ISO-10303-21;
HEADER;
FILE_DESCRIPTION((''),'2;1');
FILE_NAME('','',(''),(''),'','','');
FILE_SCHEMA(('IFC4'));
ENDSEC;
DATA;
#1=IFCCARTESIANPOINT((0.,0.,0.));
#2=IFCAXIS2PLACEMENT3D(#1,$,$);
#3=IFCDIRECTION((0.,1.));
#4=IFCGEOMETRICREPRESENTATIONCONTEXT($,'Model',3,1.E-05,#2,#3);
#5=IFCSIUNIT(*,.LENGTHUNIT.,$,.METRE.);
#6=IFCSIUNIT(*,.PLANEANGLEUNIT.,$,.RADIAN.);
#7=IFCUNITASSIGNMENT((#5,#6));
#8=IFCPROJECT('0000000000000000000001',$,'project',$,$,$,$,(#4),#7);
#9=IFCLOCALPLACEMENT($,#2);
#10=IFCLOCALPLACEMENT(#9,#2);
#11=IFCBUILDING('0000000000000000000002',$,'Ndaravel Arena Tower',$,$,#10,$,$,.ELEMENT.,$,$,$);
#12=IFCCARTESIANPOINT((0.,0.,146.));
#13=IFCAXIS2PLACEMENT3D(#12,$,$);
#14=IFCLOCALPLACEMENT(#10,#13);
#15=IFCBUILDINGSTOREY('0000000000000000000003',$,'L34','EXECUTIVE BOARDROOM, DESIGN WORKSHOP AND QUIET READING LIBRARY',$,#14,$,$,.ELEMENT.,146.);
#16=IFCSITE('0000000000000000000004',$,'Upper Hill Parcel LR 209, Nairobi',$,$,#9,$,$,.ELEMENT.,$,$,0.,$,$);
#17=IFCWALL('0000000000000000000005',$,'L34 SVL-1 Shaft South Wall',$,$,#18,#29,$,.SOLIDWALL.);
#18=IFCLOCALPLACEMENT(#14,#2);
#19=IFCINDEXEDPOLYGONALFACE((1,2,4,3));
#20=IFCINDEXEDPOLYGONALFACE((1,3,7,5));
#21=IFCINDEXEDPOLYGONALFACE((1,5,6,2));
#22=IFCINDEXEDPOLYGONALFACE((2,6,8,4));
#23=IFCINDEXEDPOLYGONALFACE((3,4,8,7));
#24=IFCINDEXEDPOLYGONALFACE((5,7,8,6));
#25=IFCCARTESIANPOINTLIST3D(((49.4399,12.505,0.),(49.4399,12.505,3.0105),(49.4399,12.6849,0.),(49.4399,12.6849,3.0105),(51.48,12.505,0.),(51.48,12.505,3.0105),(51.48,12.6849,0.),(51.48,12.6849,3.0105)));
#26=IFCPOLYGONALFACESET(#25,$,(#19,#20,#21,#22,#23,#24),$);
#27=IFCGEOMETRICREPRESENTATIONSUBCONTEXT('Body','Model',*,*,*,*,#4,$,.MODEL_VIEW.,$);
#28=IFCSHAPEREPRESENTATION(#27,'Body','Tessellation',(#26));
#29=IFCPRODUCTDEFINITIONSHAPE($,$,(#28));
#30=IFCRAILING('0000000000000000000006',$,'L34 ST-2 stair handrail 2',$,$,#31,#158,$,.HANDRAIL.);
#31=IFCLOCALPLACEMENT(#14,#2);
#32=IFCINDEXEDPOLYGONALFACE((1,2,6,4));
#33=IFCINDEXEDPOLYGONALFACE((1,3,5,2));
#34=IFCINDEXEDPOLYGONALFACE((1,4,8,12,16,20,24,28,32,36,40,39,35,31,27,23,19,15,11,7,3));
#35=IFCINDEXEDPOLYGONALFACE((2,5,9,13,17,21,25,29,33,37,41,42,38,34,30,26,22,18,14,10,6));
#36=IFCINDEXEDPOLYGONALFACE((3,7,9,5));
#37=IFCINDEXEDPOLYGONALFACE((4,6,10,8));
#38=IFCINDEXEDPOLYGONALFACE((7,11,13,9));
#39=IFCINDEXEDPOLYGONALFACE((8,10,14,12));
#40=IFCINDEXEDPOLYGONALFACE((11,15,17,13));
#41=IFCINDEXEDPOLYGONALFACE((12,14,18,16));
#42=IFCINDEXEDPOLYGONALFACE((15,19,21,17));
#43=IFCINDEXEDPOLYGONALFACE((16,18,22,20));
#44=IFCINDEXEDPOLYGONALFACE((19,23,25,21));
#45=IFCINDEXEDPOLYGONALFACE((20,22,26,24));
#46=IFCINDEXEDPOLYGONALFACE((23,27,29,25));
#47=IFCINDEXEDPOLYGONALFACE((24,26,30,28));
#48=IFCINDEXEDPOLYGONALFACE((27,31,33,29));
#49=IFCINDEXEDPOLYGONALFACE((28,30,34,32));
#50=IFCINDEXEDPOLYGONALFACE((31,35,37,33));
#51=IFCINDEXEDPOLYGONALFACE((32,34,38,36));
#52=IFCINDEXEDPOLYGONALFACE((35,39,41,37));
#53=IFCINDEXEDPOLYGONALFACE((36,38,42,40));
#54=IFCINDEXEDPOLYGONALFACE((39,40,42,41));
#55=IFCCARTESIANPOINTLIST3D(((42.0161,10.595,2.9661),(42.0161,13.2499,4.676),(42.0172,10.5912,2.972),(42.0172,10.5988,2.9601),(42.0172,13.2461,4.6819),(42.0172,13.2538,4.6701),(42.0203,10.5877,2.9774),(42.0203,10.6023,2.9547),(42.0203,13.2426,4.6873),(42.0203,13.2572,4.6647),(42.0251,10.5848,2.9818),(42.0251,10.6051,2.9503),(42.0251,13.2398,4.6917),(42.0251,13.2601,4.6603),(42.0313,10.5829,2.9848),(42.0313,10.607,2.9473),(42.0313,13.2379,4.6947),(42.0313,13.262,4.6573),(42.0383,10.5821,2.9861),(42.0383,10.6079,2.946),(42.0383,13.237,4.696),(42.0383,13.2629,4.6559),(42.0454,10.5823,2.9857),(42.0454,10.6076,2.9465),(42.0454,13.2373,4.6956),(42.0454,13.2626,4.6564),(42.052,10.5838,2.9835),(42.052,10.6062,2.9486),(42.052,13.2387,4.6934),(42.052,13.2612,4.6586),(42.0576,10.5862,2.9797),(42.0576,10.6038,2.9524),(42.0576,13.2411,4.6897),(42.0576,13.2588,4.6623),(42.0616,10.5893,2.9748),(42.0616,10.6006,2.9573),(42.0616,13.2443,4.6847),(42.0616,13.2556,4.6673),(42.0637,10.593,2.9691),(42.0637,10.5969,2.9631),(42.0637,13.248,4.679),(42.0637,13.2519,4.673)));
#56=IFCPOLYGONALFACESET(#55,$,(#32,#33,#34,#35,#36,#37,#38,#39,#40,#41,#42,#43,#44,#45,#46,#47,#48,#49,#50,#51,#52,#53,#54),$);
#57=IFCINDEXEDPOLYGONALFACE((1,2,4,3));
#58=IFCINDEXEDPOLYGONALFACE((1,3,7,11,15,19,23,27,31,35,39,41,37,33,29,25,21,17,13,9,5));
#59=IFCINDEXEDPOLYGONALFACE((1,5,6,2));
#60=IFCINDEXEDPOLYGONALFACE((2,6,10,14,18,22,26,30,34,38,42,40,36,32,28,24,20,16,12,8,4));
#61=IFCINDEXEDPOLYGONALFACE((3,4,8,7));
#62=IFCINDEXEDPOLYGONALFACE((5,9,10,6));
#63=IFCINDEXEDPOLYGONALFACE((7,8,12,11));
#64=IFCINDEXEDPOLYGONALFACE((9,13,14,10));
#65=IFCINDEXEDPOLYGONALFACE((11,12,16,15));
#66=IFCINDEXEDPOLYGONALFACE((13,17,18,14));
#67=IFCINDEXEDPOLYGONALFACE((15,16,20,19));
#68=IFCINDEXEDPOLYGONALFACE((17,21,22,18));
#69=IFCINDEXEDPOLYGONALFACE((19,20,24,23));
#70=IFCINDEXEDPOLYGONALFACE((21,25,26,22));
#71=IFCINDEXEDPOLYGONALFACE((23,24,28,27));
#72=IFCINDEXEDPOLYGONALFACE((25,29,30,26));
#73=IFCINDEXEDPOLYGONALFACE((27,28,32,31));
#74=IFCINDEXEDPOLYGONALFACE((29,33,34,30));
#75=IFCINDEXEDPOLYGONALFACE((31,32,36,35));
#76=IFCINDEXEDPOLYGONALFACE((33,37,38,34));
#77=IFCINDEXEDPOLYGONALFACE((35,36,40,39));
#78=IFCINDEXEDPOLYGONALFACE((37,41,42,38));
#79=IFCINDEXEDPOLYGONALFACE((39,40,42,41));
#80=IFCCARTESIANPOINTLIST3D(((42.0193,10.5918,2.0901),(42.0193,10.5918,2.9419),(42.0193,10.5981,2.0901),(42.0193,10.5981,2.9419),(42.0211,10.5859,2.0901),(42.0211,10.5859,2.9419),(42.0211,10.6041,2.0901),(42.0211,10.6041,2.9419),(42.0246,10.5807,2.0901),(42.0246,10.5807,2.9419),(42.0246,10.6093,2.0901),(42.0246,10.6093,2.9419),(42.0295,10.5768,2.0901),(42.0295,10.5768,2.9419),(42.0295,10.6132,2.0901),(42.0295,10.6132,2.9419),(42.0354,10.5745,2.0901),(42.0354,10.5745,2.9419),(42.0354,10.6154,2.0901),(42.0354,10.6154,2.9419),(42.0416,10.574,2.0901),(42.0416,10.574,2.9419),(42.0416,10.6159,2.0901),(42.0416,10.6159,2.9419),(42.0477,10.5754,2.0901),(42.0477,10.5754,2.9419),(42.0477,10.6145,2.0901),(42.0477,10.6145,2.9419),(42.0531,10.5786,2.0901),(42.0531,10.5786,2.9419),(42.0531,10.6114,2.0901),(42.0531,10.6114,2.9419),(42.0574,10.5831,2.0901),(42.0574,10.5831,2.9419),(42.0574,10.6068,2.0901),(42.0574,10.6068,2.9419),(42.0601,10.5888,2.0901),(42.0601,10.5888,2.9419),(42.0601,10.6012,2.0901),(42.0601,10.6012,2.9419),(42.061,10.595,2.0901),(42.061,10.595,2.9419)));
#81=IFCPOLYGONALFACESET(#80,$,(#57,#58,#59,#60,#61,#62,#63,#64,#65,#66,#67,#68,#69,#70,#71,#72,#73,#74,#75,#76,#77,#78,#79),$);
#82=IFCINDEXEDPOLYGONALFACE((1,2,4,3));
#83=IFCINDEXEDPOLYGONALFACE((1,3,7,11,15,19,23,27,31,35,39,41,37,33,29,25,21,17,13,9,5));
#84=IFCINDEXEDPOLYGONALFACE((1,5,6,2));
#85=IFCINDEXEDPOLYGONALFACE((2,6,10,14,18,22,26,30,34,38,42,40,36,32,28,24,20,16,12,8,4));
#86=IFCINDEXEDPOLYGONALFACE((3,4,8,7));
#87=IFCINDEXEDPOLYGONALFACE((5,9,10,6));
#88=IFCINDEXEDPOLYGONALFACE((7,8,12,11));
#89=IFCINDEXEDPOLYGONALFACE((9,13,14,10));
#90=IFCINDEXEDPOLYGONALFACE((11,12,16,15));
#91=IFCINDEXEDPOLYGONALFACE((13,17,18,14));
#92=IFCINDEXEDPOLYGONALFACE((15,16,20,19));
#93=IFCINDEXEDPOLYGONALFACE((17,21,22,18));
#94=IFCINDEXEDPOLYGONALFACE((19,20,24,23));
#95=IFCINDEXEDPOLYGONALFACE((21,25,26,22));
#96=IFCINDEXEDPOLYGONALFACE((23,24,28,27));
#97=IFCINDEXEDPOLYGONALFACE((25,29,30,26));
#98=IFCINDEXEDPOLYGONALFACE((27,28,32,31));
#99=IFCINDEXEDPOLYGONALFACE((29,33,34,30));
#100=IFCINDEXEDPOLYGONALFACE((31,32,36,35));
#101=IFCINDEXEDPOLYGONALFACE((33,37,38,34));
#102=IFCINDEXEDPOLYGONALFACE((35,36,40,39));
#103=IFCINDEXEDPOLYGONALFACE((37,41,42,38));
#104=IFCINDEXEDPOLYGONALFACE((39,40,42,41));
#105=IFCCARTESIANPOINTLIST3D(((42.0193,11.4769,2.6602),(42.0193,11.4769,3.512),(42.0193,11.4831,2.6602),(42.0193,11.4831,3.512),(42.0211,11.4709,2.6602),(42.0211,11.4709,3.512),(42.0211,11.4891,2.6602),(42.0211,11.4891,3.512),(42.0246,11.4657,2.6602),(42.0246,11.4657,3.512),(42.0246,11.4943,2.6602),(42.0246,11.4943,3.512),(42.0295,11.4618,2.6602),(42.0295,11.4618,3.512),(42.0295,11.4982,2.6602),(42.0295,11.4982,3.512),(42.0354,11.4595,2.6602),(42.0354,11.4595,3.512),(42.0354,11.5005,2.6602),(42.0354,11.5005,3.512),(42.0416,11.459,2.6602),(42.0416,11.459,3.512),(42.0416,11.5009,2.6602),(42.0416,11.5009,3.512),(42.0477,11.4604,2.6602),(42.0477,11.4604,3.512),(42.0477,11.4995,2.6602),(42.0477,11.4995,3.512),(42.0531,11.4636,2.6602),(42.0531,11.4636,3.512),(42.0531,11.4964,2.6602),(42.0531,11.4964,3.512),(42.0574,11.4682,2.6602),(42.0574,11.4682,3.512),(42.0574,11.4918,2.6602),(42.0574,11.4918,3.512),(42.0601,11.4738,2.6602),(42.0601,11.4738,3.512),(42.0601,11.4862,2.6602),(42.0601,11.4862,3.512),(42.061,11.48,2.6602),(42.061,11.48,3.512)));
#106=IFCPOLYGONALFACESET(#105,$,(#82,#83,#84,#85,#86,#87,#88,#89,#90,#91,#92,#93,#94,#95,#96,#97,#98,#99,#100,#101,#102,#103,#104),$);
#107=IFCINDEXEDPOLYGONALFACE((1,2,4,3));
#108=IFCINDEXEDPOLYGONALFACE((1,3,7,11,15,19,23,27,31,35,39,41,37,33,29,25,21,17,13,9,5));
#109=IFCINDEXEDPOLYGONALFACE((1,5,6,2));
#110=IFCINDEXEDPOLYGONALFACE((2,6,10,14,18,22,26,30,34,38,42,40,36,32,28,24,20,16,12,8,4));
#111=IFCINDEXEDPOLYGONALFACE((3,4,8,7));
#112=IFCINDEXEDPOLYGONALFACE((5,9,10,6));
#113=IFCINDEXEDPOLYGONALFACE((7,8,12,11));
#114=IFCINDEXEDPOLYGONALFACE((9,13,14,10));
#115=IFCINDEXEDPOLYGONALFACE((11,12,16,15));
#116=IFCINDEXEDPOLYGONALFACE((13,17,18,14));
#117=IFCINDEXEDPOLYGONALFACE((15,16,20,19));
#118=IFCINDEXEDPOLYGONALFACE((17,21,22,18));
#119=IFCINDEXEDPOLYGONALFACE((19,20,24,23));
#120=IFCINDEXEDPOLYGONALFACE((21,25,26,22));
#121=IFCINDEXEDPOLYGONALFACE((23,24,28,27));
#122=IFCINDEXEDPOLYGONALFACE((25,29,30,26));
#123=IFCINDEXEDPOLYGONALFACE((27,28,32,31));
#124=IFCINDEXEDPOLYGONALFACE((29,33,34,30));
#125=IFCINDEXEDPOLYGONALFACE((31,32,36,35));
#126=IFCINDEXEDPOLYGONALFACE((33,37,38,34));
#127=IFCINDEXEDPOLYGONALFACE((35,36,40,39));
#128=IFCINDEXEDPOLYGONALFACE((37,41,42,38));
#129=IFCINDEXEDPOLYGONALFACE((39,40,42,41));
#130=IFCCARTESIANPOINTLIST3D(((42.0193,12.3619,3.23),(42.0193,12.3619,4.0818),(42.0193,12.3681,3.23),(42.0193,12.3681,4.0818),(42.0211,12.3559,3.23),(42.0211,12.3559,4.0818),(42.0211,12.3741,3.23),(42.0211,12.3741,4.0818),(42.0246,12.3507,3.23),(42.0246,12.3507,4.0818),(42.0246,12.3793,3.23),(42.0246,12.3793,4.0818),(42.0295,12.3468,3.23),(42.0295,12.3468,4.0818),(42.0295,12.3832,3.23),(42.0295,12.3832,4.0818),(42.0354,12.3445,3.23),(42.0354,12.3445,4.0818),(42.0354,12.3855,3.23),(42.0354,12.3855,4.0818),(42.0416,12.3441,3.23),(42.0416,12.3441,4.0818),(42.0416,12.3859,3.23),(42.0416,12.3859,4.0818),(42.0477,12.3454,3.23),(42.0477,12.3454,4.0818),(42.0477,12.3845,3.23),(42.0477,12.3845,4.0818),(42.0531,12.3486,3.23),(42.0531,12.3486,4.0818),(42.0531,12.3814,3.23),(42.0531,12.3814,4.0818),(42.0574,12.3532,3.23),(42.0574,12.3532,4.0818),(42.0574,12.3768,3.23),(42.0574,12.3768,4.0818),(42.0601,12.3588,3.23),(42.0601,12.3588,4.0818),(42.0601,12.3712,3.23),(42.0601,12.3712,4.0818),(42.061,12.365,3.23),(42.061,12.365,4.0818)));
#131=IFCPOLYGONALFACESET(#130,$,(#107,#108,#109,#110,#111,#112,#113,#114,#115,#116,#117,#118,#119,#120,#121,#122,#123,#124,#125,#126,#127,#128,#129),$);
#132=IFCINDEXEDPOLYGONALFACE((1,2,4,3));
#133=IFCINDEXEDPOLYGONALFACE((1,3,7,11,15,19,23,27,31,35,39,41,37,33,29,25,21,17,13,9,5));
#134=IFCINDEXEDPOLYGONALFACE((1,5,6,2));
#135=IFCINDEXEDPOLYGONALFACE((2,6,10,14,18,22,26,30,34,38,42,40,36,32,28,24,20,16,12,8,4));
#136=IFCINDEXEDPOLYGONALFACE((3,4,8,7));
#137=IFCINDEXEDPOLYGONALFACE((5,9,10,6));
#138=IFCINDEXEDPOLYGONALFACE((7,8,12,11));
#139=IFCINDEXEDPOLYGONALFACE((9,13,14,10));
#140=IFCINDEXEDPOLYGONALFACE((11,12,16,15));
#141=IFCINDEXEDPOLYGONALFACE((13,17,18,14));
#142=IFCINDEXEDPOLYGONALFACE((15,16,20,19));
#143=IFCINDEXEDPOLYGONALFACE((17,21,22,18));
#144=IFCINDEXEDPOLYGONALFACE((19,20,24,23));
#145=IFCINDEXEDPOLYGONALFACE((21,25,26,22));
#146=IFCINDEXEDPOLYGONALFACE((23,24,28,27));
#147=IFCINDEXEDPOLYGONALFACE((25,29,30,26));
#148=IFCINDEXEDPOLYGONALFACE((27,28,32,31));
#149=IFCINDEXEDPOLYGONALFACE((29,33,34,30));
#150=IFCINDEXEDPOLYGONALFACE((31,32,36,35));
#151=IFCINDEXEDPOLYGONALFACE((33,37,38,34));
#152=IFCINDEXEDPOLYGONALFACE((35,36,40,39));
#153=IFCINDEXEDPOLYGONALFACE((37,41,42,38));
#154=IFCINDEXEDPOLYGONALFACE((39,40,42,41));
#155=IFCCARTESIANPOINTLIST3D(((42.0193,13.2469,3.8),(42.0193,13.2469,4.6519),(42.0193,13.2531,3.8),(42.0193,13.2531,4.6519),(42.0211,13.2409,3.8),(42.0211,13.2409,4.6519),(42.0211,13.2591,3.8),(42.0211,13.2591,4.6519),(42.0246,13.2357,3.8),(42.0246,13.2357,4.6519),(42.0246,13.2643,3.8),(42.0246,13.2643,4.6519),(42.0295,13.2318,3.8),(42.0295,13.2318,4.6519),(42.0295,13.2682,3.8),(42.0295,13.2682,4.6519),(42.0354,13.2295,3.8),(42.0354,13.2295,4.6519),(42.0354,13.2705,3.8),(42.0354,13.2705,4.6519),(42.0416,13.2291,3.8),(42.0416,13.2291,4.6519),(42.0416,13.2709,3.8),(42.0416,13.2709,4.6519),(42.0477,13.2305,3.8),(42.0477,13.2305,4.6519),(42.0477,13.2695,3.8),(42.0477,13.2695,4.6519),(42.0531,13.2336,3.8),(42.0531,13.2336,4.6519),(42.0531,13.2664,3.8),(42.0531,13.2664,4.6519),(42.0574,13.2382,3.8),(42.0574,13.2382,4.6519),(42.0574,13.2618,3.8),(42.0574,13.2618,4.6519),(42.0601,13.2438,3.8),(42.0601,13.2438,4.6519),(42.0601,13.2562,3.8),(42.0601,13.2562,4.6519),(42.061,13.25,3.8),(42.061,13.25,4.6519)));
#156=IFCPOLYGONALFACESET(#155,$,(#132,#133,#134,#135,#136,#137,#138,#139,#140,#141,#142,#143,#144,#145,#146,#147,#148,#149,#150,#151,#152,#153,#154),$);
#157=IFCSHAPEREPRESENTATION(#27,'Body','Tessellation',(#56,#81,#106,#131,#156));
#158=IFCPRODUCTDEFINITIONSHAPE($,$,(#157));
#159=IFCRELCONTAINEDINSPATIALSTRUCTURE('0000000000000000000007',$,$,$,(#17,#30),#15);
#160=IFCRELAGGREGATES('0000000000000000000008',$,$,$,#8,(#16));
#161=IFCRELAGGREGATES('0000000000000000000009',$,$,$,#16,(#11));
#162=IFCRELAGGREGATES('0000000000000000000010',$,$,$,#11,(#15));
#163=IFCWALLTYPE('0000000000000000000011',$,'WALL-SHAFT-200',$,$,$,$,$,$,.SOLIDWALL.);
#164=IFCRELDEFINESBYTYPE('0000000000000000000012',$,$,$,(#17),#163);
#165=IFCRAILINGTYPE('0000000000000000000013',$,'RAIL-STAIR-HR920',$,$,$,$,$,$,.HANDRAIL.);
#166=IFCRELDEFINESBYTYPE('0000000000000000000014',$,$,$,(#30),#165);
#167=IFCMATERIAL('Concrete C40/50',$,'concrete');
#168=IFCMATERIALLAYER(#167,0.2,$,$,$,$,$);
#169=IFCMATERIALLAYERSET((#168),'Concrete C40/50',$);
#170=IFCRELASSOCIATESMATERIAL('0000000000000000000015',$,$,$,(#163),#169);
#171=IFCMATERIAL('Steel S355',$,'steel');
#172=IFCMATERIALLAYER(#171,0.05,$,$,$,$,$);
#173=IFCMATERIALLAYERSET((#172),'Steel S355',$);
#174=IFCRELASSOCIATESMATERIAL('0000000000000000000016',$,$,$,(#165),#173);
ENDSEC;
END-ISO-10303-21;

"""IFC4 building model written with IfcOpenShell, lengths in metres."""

from ifc_helpers import new_model, si_unit, direction, frame, frame_2d, origin, origin_2d, place, context, subcontext, project, spatial, rectangle, circle, extrude, material, layer, layer_set, type_object, element, save


model = new_model("IFC4")

# Units and contexts
model_context = context("Model", 3, precision=1e-05, world=origin(), true_north=direction((0.0, 1.0)))
body_context = subcontext(model_context, "Body", "Model", "MODEL_VIEW")
ifc_project = project(units=[si_unit("LENGTHUNIT", "METRE"), si_unit("PLANEANGLEUNIT", "RADIAN")], contexts=[model_context])

# Site, building, storey
site_placement = place(None, origin())
site = spatial("IfcSite", under=ifc_project, at=site_placement, Name="Upper Hill Parcel LR 209, Nairobi", CompositionType="ELEMENT", RefElevation=0.0)
building_placement = place(site_placement, origin())
building = spatial("IfcBuilding", under=site, at=building_placement, Name="Ndaravel Arena Tower", CompositionType="ELEMENT")
storey_placement = place(building_placement, frame((0.0, 0.0, 146.0)))
storey = spatial("IfcBuildingStorey", under=building, at=storey_placement, Name="L34", Description="EXECUTIVE BOARDROOM, DESIGN WORKSHOP AND QUIET READING LIBRARY", CompositionType="ELEMENT", Elevation=146.0)

# Shared definitions
ifc_material_1 = material(Name="Concrete C40/50", Category="concrete")
ifc_layer_1 = layer(ifc_material_1, 0.2)
ifc_layer_set_1 = layer_set([ifc_layer_1], Name="Concrete C40/50")
wall_type_1 = type_object("IfcWallType", Name="WALL-SHAFT-200", PredefinedType="SOLIDWALL", material=ifc_layer_set_1)

# Wall
wall_1_placement = place(storey_placement, frame((49.4399, 12.595, 0.0), z_axis=(0.0, 0.0, 1.0), x_axis=(1.0, 0.0, 0.0)))
element("IfcWall", 1, at=wall_1_placement, inside=storey, type_object=wall_type_1, Name="L34 SVL-1 Shaft South Wall", PredefinedType="SOLIDWALL", context=body_context, shape_type="SweptSolid", body=[
    extrude(rectangle(XDim=2.04, YDim=0.1799, at=frame_2d((1.02, 0.0))), origin(), (0.0, 0.0, 1.0), 3.0105),
])

# Railing
ifc_material_2 = material(Name="Steel S355", Category="steel")
ifc_layer_2 = layer(ifc_material_2, 0.05)
ifc_layer_set_2 = layer_set([ifc_layer_2], Name="Steel S355")
railing_type_1 = type_object("IfcRailingType", Name="RAIL-STAIR-HR920", PredefinedType="HANDRAIL", material=ifc_layer_set_2)
railing_1_placement = place(storey_placement, frame((42.04, 10.595, 2.0901)))
element("IfcRailing", 2, at=railing_1_placement, inside=storey, type_object=railing_type_1, Name="L34 ST-2 stair handrail 2", PredefinedType="HANDRAIL", context=body_context, shape_type="SweptSolid", body=[
    extrude(circle(Radius=0.0239, at=origin_2d()), frame((0.0, 0.0, 0.876), z_axis=(0.0, 0.840724, 0.541465), x_axis=(-1.0, 0.0, 0.0)), (0.0, 0.0, 1.0), 3.158),
    extrude(circle(Radius=0.021, at=origin_2d()), origin(), (0.0, 0.0, 1.0), 0.8518),
    extrude(circle(Radius=0.021, at=origin_2d()), frame((0.0, 0.885, 0.5701)), (0.0, 0.0, 1.0), 0.8518),
    extrude(circle(Radius=0.021, at=origin_2d()), frame((0.0, 1.77, 1.1399)), (0.0, 0.0, 1.0), 0.8518),
    extrude(circle(Radius=0.021, at=origin_2d()), frame((0.0, 2.655, 1.71)), (0.0, 0.0, 1.0), 0.8518),
])

save(model, "model.ifc")
